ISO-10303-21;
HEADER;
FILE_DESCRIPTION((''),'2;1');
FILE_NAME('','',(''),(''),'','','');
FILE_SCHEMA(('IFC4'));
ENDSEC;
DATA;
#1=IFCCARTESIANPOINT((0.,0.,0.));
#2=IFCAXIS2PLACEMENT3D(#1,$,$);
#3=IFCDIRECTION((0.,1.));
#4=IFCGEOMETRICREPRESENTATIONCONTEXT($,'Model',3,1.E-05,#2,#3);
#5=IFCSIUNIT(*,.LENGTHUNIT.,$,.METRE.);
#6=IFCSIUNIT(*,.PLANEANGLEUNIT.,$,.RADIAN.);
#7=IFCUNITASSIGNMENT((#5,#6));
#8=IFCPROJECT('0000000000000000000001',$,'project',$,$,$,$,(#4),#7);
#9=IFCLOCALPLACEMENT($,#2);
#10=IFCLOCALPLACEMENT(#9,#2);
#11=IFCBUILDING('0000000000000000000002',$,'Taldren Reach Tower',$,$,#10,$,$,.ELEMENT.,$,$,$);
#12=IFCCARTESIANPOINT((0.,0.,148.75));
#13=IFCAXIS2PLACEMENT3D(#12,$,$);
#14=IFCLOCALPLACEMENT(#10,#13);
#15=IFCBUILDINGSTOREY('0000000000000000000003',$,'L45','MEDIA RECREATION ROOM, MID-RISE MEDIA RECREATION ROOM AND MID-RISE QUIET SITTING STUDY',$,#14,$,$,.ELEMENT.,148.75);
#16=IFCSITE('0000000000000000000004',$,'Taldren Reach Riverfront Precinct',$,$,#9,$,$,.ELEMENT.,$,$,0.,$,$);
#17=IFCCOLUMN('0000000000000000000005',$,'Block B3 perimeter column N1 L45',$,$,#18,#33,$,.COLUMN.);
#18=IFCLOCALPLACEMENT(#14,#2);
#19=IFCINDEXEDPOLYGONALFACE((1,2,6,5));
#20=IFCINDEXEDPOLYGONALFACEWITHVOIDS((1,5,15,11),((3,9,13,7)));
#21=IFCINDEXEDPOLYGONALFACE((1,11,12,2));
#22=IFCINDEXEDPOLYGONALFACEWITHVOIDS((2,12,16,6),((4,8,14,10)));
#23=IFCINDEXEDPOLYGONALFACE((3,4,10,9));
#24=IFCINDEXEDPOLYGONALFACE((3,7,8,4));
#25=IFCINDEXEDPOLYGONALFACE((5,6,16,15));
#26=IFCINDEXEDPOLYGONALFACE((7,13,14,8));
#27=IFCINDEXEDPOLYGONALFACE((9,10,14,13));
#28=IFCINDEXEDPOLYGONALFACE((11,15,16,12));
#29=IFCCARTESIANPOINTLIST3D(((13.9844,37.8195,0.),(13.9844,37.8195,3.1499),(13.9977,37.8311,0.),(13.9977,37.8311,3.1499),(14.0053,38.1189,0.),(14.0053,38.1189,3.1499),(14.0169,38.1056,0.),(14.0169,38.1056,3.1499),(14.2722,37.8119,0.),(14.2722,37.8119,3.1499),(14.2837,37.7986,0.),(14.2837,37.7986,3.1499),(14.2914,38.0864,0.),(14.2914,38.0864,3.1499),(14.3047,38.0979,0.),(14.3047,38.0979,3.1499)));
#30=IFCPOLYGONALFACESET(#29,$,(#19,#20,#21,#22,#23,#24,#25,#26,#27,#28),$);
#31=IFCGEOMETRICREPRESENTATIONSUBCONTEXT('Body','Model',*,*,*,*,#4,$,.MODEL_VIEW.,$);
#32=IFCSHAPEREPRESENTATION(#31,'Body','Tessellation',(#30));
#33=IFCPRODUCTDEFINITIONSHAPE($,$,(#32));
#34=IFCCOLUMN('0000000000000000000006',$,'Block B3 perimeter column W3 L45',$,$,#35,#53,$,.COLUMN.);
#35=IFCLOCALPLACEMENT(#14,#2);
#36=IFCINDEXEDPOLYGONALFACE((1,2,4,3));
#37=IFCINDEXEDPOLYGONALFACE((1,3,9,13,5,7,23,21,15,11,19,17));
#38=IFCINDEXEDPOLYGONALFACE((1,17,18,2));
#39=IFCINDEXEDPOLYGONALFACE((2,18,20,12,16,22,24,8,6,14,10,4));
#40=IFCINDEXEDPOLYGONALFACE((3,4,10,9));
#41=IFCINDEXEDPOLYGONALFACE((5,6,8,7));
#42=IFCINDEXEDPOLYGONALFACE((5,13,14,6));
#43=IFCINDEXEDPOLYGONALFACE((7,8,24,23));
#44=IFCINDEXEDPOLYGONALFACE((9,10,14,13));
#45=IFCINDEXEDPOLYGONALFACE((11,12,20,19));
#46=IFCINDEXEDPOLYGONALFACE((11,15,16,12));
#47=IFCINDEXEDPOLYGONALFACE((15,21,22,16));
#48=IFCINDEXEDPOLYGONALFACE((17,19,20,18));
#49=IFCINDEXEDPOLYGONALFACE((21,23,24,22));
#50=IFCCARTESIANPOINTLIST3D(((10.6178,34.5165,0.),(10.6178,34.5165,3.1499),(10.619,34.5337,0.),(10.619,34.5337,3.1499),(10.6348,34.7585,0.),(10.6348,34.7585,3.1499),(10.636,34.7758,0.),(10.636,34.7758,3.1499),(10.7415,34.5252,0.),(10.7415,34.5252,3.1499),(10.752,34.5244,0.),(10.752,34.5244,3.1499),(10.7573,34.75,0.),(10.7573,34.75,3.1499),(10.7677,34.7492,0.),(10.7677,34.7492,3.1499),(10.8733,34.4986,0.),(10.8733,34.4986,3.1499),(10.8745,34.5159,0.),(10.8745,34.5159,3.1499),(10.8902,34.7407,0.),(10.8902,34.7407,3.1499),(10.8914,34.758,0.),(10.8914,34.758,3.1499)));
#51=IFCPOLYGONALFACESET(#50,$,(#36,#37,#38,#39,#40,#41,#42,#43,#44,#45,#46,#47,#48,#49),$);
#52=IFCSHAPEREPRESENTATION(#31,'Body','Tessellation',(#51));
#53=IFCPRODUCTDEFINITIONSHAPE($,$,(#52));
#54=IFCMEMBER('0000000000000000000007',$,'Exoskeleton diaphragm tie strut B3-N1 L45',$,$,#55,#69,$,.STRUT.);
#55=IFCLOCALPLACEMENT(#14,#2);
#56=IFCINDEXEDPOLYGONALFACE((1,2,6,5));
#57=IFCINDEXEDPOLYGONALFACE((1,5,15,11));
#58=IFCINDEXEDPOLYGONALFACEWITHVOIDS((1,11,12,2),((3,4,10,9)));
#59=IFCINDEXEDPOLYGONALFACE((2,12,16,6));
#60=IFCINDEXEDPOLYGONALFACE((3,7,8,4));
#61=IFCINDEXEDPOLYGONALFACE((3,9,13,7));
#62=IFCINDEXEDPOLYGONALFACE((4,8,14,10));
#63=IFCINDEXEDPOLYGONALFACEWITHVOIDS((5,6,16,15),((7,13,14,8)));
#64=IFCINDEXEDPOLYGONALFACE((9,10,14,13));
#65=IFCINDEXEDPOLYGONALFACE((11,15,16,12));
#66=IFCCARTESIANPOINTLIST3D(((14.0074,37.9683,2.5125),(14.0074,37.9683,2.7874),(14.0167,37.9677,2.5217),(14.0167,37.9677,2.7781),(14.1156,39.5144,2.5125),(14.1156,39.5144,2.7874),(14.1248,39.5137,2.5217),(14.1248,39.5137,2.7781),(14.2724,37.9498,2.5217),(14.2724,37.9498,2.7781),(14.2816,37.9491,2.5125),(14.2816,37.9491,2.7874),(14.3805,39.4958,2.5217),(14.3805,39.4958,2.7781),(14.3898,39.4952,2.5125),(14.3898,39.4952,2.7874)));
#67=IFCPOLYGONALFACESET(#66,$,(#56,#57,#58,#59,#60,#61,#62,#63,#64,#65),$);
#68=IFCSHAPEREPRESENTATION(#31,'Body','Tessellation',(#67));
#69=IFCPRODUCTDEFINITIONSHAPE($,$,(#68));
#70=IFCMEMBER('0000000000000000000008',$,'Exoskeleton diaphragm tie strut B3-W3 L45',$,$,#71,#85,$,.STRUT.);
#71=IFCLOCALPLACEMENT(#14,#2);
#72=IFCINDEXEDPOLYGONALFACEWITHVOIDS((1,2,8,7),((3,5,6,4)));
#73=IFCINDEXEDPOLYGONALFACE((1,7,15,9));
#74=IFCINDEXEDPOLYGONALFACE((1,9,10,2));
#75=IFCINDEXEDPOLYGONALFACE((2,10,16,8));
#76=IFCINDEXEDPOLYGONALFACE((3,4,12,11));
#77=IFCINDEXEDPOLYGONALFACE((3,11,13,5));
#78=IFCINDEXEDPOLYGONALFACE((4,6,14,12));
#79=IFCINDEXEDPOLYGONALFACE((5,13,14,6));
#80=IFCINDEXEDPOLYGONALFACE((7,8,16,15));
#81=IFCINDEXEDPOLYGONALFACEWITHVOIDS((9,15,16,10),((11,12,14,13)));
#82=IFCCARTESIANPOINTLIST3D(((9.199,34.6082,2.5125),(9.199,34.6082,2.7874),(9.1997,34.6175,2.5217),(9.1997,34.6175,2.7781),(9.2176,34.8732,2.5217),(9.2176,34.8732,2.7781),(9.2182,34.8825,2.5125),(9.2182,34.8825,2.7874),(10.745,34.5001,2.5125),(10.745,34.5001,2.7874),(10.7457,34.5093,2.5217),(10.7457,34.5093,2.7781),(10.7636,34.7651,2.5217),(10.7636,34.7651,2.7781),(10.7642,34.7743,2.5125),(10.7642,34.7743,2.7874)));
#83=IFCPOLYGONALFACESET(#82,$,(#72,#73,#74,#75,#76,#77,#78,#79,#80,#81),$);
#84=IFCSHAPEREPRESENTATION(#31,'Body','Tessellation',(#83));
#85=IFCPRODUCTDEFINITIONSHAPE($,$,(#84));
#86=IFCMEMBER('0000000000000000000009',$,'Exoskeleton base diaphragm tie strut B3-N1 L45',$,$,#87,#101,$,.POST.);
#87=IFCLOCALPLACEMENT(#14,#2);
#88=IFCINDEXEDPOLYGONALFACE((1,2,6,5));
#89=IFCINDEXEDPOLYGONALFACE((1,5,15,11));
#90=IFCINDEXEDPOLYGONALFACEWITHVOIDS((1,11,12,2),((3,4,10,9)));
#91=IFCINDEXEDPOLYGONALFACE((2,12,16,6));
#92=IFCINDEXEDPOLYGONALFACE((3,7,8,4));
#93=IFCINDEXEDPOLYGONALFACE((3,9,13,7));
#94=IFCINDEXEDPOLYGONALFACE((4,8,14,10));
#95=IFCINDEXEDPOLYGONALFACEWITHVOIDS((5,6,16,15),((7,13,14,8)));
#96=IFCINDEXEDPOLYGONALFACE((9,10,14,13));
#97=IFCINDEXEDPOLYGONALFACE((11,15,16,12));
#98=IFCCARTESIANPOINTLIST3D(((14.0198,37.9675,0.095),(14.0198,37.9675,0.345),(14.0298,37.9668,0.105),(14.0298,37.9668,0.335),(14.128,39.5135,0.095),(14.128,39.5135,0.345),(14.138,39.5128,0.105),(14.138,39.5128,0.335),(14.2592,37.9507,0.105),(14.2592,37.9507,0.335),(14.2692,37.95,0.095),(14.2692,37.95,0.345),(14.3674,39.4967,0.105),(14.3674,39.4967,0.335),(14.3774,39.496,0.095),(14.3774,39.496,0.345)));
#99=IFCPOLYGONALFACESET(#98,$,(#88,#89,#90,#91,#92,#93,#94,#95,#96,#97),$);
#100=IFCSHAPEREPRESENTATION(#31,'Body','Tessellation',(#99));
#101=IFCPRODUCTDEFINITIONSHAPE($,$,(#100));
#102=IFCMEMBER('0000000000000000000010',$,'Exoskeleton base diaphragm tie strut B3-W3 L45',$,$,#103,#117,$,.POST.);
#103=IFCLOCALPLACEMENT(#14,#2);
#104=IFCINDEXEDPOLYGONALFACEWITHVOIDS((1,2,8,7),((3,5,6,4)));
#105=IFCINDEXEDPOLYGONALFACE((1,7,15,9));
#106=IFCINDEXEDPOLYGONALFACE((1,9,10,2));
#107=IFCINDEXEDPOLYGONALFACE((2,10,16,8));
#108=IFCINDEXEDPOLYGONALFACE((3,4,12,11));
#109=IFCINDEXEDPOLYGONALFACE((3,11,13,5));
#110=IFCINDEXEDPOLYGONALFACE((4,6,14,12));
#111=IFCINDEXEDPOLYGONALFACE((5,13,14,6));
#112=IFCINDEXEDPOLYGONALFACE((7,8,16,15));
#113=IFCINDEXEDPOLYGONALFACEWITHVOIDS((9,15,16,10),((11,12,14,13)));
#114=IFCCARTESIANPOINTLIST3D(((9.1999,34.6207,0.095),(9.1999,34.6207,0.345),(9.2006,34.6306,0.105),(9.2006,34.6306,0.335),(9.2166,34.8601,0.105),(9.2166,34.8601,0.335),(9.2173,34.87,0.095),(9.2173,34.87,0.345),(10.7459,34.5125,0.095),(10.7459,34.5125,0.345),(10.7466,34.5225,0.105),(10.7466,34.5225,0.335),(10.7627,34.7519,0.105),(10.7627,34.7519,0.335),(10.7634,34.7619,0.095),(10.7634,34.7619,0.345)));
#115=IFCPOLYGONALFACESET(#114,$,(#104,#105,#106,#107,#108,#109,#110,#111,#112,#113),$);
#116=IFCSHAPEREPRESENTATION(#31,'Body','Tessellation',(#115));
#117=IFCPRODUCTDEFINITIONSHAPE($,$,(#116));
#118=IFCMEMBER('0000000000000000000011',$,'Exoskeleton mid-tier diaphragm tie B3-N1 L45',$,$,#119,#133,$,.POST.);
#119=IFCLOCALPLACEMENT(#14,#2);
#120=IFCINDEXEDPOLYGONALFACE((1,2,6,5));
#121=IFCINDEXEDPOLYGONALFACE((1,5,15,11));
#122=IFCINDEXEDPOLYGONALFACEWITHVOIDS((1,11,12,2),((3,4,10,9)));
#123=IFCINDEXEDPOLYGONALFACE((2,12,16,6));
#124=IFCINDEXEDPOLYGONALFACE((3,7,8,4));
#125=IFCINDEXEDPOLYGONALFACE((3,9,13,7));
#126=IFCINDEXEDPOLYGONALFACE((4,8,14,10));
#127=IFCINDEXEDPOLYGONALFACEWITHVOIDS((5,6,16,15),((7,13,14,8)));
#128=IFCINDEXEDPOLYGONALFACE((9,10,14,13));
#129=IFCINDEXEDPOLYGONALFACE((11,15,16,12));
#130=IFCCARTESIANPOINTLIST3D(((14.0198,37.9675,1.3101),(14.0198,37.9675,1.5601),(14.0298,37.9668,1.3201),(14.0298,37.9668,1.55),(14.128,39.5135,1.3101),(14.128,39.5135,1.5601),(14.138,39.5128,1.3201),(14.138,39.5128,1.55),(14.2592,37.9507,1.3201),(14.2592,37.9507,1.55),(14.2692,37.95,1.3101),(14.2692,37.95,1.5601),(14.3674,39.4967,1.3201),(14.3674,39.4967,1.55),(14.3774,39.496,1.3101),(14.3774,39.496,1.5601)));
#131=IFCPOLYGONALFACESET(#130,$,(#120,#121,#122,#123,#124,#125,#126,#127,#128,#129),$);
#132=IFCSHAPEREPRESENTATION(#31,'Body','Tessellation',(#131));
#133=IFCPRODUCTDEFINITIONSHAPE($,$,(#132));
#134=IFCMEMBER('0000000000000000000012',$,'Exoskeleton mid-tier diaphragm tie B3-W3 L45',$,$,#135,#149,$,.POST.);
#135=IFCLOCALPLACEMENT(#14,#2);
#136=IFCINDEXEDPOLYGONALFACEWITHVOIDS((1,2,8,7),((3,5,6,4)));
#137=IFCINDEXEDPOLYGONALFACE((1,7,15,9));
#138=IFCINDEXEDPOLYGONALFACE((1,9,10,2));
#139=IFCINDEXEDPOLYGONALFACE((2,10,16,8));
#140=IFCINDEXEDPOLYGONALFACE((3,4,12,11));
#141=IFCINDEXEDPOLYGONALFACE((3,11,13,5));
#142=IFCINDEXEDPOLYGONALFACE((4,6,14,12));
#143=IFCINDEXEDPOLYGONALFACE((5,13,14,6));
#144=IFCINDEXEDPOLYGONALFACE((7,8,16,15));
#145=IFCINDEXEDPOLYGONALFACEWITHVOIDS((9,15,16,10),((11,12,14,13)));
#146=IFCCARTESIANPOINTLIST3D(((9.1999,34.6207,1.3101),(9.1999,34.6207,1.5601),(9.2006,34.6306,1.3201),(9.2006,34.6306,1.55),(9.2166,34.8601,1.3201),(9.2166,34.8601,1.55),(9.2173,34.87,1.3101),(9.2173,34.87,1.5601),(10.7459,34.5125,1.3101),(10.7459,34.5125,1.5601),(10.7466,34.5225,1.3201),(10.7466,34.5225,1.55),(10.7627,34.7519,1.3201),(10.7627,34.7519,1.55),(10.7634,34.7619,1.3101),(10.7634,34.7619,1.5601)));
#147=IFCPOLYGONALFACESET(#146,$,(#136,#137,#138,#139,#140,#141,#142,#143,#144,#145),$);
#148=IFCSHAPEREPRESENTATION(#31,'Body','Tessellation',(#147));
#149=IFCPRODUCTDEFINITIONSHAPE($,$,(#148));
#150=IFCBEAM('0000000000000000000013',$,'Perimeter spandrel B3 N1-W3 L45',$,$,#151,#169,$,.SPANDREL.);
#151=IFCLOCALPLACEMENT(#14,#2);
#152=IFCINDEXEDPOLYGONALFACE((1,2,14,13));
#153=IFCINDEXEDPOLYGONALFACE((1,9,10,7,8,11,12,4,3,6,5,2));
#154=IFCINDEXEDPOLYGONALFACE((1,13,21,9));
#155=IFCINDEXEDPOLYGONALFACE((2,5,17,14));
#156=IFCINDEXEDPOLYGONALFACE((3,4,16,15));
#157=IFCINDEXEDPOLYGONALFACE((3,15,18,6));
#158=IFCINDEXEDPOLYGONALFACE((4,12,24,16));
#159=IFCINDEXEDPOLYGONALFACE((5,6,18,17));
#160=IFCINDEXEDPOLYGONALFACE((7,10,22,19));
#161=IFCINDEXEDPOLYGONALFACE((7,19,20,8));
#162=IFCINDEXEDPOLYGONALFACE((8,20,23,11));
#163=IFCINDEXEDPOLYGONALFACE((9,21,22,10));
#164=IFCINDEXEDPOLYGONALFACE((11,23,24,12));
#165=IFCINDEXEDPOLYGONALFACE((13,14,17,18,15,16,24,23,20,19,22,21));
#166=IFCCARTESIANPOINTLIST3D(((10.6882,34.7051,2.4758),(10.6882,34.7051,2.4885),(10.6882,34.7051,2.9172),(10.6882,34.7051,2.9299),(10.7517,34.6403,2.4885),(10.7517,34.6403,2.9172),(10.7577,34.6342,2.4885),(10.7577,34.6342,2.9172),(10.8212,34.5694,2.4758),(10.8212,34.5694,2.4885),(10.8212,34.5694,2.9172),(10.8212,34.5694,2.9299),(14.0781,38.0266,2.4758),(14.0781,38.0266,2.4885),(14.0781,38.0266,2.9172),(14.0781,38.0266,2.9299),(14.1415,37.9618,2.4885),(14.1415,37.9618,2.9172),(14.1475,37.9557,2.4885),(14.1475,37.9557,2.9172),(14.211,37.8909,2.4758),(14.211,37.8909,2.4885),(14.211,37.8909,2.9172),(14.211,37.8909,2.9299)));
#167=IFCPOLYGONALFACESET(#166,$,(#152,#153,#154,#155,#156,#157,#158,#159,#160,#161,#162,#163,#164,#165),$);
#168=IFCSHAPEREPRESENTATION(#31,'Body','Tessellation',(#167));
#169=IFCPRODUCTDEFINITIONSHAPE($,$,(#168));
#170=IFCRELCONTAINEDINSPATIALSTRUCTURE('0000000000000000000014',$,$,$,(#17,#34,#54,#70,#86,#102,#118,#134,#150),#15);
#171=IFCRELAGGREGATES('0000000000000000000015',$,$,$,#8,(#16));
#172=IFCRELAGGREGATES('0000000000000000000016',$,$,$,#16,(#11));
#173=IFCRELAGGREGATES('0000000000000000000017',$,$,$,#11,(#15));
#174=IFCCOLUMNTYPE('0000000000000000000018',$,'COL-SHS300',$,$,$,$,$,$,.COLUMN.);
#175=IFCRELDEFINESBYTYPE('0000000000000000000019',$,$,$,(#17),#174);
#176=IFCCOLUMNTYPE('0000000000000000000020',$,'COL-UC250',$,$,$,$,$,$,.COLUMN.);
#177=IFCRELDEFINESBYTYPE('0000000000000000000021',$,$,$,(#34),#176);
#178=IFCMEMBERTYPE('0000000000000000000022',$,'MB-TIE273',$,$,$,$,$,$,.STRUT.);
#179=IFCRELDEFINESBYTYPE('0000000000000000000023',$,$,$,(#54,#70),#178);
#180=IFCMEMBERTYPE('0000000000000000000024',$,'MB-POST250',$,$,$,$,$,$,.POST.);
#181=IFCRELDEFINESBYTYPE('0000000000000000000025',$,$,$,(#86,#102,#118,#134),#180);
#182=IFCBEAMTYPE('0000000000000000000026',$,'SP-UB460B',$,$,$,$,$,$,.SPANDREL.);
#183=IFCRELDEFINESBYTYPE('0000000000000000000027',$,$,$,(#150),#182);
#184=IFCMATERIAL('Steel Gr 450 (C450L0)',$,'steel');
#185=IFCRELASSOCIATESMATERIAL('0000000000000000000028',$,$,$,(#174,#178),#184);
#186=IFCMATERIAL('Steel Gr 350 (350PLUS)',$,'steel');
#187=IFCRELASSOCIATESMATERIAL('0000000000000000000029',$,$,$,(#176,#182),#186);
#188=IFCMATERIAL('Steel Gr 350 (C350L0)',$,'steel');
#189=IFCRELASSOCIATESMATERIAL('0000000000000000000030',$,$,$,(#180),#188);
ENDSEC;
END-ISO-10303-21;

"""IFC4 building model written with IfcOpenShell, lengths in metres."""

from ifc_helpers import new_model, si_unit, direction, frame, origin, origin_2d, place, context, subcontext, project, spatial, hollow_rectangle, i_section, extrude, source, transform, mapped, material, material_profile, profile_set, type_object, element, save


model = new_model("IFC4")

# Units and contexts
model_context = context("Model", 3, precision=1e-05, world=origin(), true_north=direction((0.0, 1.0)))
body_context = subcontext(model_context, "Body", "Model", "MODEL_VIEW")
ifc_project = project(units=[si_unit("LENGTHUNIT", "METRE"), si_unit("PLANEANGLEUNIT", "RADIAN")], contexts=[model_context])

# Site, building, storey
site_placement = place(None, origin())
site = spatial("IfcSite", under=ifc_project, at=site_placement, Name="Taldren Reach Riverfront Precinct", CompositionType="ELEMENT", RefElevation=0.0)
building_placement = place(site_placement, origin())
building = spatial("IfcBuilding", under=site, at=building_placement, Name="Taldren Reach Tower", CompositionType="ELEMENT")
storey_placement = place(building_placement, frame((0.0, 0.0, 148.75)))
storey = spatial("IfcBuildingStorey", under=building, at=storey_placement, Name="L45", Description="MEDIA RECREATION ROOM, MID-RISE MEDIA RECREATION ROOM AND MID-RISE QUIET SITTING STUDY", CompositionType="ELEMENT", Elevation=148.75)

# Columns
ifc_material_1 = material(Name="Steel Gr 450 (C450L0)", Category="steel")
ifc_material_profile_1 = material_profile(ifc_material_1, hollow_rectangle(XDim=0.3, YDim=0.3, WallThickness=0.0125, at=origin_2d()), Name="300x300x12.5SHS")
ifc_profile_set_1 = profile_set([ifc_material_profile_1], Name="Steel Gr 450 (C450L0)")
column_type_1 = type_object("IfcColumnType", Name="COL-SHS300", PredefinedType="COLUMN", material=ifc_profile_set_1)
shared_shape_1 = source(origin(), body_context, "Body", "SweptSolid", [
    extrude(hollow_rectangle(XDim=0.3, YDim=0.3, WallThickness=0.0125, at=origin_2d()), origin(), (0.0, 0.0, 1.0), 3.1499),
])
column_1_placement = place(storey_placement, frame((14.1445, 37.9587, 0.0), z_axis=(0.0, 0.0, 1.0), x_axis=(0.997564, -0.069756, 0.0)))
element("IfcColumn", 1, at=column_1_placement, inside=storey, type_object=column_type_1, Name="Block B3 perimeter column N1 L45", PredefinedType="COLUMN", context=body_context, shape_type="MappedRepresentation", body=[
    mapped(shared_shape_1, transform((0.0, 0.0, 0.0), scale=1.0)),
])
ifc_material_2 = material(Name="Steel Gr 350 (350PLUS)", Category="steel")
ifc_material_profile_2 = material_profile(ifc_material_2, i_section(OverallWidth=0.2561, OverallDepth=0.26, WebThickness=0.0105, FlangeThickness=0.0173, at=origin_2d()), Name="250UC89.5")
ifc_profile_set_2 = profile_set([ifc_material_profile_2], Name="Steel Gr 350 (350PLUS)")
column_type_2 = type_object("IfcColumnType", Name="COL-UC250", PredefinedType="COLUMN", material=ifc_profile_set_2)
shared_shape_2 = source(origin(), body_context, "Body", "SweptSolid", [
    extrude(i_section(OverallWidth=0.2561, OverallDepth=0.26, WebThickness=0.0105, FlangeThickness=0.0173, at=origin_2d()), origin(), (0.0, 0.0, 1.0), 3.1499),
])
column_2_placement = place(storey_placement, frame((10.7546, 34.6372, 0.0), z_axis=(0.0, 0.0, 1.0), x_axis=(0.997564, -0.069756, 0.0)))
element("IfcColumn", 2, at=column_2_placement, inside=storey, type_object=column_type_2, Name="Block B3 perimeter column W3 L45", PredefinedType="COLUMN", context=body_context, shape_type="MappedRepresentation", body=[
    mapped(shared_shape_2, transform((0.0, 0.0, 0.0), scale=1.0)),
])

# Members
ifc_material_profile_3 = material_profile(ifc_material_1, hollow_rectangle(XDim=0.2749, YDim=0.2749, WallThickness=0.0093, at=origin_2d()), Name="275x275x9.3SHS")
ifc_profile_set_3 = profile_set([ifc_material_profile_3], Name="Steel Gr 450 (C450L0)")
member_type_1 = type_object("IfcMemberType", Name="MB-TIE273", PredefinedType="STRUT", material=ifc_profile_set_3)
shared_shape_3 = source(origin(), body_context, "Body", "SweptSolid", [
    extrude(hollow_rectangle(XDim=0.2749, YDim=0.2749, WallThickness=0.0093, at=origin_2d()), origin(), (0.0, 0.0, 1.0), 1.5498),
])
for number, where, z_axis, x_axis, name in (
    (3, (14.1445, 37.9587, 2.6499), (0.069781, 0.997562, 0.0), (-0.997562, 0.069781, 0.0), "Exoskeleton diaphragm tie strut B3-N1 L45"),
    (4, (10.7546, 34.6372, 2.6499), (-0.997562, 0.069781, 0.0), (-0.069781, -0.997562, 0.0), "Exoskeleton diaphragm tie strut B3-W3 L45"),
):
    element("IfcMember", number, at=place(storey_placement, frame(where, z_axis=z_axis, x_axis=x_axis)), inside=storey, type_object=member_type_1, Name=name, PredefinedType="STRUT", context=body_context, shape_type="MappedRepresentation", body=[
        mapped(shared_shape_3, transform((0.0, 0.0, 0.0), scale=1.0)),
    ])
ifc_material_3 = material(Name="Steel Gr 350 (C350L0)", Category="steel")
ifc_material_profile_4 = material_profile(ifc_material_3, hollow_rectangle(XDim=0.25, YDim=0.25, WallThickness=0.01, at=origin_2d()), Name="250x250x10.0SHS")
ifc_profile_set_4 = profile_set([ifc_material_profile_4], Name="Steel Gr 350 (C350L0)")
member_type_2 = type_object("IfcMemberType", Name="MB-POST250", PredefinedType="POST", material=ifc_profile_set_4)
shared_shape_4 = source(origin(), body_context, "Body", "SweptSolid", [
    extrude(hollow_rectangle(XDim=0.25, YDim=0.25, WallThickness=0.01, at=origin_2d()), origin(), (0.0, 0.0, 1.0), 1.5498),
])
for number, where, z_axis, x_axis, name in (
    (5, (14.1445, 37.9587, 0.22), (0.069781, 0.997562, 0.0), (-0.997562, 0.069781, 0.0), "Exoskeleton base diaphragm tie strut B3-N1 L45"),
    (6, (10.7546, 34.6372, 0.22), (-0.997562, 0.069781, 0.0), (-0.069781, -0.997562, 0.0), "Exoskeleton base diaphragm tie strut B3-W3 L45"),
    (7, (14.1445, 37.9587, 1.4351), (0.069781, 0.997562, 0.0), (-0.997562, 0.069781, 0.0), "Exoskeleton mid-tier diaphragm tie B3-N1 L45"),
    (8, (10.7546, 34.6372, 1.4351), (-0.997562, 0.069781, 0.0), (-0.069781, -0.997562, 0.0), "Exoskeleton mid-tier diaphragm tie B3-W3 L45"),
):
    element("IfcMember", number, at=place(storey_placement, frame(where, z_axis=z_axis, x_axis=x_axis)), inside=storey, type_object=member_type_2, Name=name, PredefinedType="POST", context=body_context, shape_type="MappedRepresentation", body=[
        mapped(shared_shape_4, transform((0.0, 0.0, 0.0), scale=1.0)),
    ])

# Beam
ifc_material_profile_5 = material_profile(ifc_material_2, i_section(OverallWidth=0.1899, OverallDepth=0.4541, WebThickness=0.0085, FlangeThickness=0.0127, at=origin_2d()), Name="460UB67.1")
ifc_profile_set_5 = profile_set([ifc_material_profile_5], Name="Steel Gr 350 (350PLUS)")
beam_type_1 = type_object("IfcBeamType", Name="SP-UB460B", PredefinedType="SPANDREL", material=ifc_profile_set_5)
shared_shape_5 = source(origin(), body_context, "Body", "SweptSolid", [
    extrude(i_section(OverallWidth=0.1899, OverallDepth=0.4541, WebThickness=0.0085, FlangeThickness=0.0127, at=origin_2d()), origin(), (0.0, 0.0, 1.0), 4.7458),
])
beam_1_placement = place(storey_placement, frame((14.1445, 37.9587, 2.7029), z_axis=(-0.714272, -0.699868, 0.0), x_axis=(0.699868, -0.714272, 0.0)))
element("IfcBeam", 9, at=beam_1_placement, inside=storey, type_object=beam_type_1, Name="Perimeter spandrel B3 N1-W3 L45", PredefinedType="SPANDREL", context=body_context, shape_type="MappedRepresentation", body=[
    mapped(shared_shape_5, transform((0.0, 0.0, 0.0), scale=1.0)),
])

save(model, "model.ifc")
